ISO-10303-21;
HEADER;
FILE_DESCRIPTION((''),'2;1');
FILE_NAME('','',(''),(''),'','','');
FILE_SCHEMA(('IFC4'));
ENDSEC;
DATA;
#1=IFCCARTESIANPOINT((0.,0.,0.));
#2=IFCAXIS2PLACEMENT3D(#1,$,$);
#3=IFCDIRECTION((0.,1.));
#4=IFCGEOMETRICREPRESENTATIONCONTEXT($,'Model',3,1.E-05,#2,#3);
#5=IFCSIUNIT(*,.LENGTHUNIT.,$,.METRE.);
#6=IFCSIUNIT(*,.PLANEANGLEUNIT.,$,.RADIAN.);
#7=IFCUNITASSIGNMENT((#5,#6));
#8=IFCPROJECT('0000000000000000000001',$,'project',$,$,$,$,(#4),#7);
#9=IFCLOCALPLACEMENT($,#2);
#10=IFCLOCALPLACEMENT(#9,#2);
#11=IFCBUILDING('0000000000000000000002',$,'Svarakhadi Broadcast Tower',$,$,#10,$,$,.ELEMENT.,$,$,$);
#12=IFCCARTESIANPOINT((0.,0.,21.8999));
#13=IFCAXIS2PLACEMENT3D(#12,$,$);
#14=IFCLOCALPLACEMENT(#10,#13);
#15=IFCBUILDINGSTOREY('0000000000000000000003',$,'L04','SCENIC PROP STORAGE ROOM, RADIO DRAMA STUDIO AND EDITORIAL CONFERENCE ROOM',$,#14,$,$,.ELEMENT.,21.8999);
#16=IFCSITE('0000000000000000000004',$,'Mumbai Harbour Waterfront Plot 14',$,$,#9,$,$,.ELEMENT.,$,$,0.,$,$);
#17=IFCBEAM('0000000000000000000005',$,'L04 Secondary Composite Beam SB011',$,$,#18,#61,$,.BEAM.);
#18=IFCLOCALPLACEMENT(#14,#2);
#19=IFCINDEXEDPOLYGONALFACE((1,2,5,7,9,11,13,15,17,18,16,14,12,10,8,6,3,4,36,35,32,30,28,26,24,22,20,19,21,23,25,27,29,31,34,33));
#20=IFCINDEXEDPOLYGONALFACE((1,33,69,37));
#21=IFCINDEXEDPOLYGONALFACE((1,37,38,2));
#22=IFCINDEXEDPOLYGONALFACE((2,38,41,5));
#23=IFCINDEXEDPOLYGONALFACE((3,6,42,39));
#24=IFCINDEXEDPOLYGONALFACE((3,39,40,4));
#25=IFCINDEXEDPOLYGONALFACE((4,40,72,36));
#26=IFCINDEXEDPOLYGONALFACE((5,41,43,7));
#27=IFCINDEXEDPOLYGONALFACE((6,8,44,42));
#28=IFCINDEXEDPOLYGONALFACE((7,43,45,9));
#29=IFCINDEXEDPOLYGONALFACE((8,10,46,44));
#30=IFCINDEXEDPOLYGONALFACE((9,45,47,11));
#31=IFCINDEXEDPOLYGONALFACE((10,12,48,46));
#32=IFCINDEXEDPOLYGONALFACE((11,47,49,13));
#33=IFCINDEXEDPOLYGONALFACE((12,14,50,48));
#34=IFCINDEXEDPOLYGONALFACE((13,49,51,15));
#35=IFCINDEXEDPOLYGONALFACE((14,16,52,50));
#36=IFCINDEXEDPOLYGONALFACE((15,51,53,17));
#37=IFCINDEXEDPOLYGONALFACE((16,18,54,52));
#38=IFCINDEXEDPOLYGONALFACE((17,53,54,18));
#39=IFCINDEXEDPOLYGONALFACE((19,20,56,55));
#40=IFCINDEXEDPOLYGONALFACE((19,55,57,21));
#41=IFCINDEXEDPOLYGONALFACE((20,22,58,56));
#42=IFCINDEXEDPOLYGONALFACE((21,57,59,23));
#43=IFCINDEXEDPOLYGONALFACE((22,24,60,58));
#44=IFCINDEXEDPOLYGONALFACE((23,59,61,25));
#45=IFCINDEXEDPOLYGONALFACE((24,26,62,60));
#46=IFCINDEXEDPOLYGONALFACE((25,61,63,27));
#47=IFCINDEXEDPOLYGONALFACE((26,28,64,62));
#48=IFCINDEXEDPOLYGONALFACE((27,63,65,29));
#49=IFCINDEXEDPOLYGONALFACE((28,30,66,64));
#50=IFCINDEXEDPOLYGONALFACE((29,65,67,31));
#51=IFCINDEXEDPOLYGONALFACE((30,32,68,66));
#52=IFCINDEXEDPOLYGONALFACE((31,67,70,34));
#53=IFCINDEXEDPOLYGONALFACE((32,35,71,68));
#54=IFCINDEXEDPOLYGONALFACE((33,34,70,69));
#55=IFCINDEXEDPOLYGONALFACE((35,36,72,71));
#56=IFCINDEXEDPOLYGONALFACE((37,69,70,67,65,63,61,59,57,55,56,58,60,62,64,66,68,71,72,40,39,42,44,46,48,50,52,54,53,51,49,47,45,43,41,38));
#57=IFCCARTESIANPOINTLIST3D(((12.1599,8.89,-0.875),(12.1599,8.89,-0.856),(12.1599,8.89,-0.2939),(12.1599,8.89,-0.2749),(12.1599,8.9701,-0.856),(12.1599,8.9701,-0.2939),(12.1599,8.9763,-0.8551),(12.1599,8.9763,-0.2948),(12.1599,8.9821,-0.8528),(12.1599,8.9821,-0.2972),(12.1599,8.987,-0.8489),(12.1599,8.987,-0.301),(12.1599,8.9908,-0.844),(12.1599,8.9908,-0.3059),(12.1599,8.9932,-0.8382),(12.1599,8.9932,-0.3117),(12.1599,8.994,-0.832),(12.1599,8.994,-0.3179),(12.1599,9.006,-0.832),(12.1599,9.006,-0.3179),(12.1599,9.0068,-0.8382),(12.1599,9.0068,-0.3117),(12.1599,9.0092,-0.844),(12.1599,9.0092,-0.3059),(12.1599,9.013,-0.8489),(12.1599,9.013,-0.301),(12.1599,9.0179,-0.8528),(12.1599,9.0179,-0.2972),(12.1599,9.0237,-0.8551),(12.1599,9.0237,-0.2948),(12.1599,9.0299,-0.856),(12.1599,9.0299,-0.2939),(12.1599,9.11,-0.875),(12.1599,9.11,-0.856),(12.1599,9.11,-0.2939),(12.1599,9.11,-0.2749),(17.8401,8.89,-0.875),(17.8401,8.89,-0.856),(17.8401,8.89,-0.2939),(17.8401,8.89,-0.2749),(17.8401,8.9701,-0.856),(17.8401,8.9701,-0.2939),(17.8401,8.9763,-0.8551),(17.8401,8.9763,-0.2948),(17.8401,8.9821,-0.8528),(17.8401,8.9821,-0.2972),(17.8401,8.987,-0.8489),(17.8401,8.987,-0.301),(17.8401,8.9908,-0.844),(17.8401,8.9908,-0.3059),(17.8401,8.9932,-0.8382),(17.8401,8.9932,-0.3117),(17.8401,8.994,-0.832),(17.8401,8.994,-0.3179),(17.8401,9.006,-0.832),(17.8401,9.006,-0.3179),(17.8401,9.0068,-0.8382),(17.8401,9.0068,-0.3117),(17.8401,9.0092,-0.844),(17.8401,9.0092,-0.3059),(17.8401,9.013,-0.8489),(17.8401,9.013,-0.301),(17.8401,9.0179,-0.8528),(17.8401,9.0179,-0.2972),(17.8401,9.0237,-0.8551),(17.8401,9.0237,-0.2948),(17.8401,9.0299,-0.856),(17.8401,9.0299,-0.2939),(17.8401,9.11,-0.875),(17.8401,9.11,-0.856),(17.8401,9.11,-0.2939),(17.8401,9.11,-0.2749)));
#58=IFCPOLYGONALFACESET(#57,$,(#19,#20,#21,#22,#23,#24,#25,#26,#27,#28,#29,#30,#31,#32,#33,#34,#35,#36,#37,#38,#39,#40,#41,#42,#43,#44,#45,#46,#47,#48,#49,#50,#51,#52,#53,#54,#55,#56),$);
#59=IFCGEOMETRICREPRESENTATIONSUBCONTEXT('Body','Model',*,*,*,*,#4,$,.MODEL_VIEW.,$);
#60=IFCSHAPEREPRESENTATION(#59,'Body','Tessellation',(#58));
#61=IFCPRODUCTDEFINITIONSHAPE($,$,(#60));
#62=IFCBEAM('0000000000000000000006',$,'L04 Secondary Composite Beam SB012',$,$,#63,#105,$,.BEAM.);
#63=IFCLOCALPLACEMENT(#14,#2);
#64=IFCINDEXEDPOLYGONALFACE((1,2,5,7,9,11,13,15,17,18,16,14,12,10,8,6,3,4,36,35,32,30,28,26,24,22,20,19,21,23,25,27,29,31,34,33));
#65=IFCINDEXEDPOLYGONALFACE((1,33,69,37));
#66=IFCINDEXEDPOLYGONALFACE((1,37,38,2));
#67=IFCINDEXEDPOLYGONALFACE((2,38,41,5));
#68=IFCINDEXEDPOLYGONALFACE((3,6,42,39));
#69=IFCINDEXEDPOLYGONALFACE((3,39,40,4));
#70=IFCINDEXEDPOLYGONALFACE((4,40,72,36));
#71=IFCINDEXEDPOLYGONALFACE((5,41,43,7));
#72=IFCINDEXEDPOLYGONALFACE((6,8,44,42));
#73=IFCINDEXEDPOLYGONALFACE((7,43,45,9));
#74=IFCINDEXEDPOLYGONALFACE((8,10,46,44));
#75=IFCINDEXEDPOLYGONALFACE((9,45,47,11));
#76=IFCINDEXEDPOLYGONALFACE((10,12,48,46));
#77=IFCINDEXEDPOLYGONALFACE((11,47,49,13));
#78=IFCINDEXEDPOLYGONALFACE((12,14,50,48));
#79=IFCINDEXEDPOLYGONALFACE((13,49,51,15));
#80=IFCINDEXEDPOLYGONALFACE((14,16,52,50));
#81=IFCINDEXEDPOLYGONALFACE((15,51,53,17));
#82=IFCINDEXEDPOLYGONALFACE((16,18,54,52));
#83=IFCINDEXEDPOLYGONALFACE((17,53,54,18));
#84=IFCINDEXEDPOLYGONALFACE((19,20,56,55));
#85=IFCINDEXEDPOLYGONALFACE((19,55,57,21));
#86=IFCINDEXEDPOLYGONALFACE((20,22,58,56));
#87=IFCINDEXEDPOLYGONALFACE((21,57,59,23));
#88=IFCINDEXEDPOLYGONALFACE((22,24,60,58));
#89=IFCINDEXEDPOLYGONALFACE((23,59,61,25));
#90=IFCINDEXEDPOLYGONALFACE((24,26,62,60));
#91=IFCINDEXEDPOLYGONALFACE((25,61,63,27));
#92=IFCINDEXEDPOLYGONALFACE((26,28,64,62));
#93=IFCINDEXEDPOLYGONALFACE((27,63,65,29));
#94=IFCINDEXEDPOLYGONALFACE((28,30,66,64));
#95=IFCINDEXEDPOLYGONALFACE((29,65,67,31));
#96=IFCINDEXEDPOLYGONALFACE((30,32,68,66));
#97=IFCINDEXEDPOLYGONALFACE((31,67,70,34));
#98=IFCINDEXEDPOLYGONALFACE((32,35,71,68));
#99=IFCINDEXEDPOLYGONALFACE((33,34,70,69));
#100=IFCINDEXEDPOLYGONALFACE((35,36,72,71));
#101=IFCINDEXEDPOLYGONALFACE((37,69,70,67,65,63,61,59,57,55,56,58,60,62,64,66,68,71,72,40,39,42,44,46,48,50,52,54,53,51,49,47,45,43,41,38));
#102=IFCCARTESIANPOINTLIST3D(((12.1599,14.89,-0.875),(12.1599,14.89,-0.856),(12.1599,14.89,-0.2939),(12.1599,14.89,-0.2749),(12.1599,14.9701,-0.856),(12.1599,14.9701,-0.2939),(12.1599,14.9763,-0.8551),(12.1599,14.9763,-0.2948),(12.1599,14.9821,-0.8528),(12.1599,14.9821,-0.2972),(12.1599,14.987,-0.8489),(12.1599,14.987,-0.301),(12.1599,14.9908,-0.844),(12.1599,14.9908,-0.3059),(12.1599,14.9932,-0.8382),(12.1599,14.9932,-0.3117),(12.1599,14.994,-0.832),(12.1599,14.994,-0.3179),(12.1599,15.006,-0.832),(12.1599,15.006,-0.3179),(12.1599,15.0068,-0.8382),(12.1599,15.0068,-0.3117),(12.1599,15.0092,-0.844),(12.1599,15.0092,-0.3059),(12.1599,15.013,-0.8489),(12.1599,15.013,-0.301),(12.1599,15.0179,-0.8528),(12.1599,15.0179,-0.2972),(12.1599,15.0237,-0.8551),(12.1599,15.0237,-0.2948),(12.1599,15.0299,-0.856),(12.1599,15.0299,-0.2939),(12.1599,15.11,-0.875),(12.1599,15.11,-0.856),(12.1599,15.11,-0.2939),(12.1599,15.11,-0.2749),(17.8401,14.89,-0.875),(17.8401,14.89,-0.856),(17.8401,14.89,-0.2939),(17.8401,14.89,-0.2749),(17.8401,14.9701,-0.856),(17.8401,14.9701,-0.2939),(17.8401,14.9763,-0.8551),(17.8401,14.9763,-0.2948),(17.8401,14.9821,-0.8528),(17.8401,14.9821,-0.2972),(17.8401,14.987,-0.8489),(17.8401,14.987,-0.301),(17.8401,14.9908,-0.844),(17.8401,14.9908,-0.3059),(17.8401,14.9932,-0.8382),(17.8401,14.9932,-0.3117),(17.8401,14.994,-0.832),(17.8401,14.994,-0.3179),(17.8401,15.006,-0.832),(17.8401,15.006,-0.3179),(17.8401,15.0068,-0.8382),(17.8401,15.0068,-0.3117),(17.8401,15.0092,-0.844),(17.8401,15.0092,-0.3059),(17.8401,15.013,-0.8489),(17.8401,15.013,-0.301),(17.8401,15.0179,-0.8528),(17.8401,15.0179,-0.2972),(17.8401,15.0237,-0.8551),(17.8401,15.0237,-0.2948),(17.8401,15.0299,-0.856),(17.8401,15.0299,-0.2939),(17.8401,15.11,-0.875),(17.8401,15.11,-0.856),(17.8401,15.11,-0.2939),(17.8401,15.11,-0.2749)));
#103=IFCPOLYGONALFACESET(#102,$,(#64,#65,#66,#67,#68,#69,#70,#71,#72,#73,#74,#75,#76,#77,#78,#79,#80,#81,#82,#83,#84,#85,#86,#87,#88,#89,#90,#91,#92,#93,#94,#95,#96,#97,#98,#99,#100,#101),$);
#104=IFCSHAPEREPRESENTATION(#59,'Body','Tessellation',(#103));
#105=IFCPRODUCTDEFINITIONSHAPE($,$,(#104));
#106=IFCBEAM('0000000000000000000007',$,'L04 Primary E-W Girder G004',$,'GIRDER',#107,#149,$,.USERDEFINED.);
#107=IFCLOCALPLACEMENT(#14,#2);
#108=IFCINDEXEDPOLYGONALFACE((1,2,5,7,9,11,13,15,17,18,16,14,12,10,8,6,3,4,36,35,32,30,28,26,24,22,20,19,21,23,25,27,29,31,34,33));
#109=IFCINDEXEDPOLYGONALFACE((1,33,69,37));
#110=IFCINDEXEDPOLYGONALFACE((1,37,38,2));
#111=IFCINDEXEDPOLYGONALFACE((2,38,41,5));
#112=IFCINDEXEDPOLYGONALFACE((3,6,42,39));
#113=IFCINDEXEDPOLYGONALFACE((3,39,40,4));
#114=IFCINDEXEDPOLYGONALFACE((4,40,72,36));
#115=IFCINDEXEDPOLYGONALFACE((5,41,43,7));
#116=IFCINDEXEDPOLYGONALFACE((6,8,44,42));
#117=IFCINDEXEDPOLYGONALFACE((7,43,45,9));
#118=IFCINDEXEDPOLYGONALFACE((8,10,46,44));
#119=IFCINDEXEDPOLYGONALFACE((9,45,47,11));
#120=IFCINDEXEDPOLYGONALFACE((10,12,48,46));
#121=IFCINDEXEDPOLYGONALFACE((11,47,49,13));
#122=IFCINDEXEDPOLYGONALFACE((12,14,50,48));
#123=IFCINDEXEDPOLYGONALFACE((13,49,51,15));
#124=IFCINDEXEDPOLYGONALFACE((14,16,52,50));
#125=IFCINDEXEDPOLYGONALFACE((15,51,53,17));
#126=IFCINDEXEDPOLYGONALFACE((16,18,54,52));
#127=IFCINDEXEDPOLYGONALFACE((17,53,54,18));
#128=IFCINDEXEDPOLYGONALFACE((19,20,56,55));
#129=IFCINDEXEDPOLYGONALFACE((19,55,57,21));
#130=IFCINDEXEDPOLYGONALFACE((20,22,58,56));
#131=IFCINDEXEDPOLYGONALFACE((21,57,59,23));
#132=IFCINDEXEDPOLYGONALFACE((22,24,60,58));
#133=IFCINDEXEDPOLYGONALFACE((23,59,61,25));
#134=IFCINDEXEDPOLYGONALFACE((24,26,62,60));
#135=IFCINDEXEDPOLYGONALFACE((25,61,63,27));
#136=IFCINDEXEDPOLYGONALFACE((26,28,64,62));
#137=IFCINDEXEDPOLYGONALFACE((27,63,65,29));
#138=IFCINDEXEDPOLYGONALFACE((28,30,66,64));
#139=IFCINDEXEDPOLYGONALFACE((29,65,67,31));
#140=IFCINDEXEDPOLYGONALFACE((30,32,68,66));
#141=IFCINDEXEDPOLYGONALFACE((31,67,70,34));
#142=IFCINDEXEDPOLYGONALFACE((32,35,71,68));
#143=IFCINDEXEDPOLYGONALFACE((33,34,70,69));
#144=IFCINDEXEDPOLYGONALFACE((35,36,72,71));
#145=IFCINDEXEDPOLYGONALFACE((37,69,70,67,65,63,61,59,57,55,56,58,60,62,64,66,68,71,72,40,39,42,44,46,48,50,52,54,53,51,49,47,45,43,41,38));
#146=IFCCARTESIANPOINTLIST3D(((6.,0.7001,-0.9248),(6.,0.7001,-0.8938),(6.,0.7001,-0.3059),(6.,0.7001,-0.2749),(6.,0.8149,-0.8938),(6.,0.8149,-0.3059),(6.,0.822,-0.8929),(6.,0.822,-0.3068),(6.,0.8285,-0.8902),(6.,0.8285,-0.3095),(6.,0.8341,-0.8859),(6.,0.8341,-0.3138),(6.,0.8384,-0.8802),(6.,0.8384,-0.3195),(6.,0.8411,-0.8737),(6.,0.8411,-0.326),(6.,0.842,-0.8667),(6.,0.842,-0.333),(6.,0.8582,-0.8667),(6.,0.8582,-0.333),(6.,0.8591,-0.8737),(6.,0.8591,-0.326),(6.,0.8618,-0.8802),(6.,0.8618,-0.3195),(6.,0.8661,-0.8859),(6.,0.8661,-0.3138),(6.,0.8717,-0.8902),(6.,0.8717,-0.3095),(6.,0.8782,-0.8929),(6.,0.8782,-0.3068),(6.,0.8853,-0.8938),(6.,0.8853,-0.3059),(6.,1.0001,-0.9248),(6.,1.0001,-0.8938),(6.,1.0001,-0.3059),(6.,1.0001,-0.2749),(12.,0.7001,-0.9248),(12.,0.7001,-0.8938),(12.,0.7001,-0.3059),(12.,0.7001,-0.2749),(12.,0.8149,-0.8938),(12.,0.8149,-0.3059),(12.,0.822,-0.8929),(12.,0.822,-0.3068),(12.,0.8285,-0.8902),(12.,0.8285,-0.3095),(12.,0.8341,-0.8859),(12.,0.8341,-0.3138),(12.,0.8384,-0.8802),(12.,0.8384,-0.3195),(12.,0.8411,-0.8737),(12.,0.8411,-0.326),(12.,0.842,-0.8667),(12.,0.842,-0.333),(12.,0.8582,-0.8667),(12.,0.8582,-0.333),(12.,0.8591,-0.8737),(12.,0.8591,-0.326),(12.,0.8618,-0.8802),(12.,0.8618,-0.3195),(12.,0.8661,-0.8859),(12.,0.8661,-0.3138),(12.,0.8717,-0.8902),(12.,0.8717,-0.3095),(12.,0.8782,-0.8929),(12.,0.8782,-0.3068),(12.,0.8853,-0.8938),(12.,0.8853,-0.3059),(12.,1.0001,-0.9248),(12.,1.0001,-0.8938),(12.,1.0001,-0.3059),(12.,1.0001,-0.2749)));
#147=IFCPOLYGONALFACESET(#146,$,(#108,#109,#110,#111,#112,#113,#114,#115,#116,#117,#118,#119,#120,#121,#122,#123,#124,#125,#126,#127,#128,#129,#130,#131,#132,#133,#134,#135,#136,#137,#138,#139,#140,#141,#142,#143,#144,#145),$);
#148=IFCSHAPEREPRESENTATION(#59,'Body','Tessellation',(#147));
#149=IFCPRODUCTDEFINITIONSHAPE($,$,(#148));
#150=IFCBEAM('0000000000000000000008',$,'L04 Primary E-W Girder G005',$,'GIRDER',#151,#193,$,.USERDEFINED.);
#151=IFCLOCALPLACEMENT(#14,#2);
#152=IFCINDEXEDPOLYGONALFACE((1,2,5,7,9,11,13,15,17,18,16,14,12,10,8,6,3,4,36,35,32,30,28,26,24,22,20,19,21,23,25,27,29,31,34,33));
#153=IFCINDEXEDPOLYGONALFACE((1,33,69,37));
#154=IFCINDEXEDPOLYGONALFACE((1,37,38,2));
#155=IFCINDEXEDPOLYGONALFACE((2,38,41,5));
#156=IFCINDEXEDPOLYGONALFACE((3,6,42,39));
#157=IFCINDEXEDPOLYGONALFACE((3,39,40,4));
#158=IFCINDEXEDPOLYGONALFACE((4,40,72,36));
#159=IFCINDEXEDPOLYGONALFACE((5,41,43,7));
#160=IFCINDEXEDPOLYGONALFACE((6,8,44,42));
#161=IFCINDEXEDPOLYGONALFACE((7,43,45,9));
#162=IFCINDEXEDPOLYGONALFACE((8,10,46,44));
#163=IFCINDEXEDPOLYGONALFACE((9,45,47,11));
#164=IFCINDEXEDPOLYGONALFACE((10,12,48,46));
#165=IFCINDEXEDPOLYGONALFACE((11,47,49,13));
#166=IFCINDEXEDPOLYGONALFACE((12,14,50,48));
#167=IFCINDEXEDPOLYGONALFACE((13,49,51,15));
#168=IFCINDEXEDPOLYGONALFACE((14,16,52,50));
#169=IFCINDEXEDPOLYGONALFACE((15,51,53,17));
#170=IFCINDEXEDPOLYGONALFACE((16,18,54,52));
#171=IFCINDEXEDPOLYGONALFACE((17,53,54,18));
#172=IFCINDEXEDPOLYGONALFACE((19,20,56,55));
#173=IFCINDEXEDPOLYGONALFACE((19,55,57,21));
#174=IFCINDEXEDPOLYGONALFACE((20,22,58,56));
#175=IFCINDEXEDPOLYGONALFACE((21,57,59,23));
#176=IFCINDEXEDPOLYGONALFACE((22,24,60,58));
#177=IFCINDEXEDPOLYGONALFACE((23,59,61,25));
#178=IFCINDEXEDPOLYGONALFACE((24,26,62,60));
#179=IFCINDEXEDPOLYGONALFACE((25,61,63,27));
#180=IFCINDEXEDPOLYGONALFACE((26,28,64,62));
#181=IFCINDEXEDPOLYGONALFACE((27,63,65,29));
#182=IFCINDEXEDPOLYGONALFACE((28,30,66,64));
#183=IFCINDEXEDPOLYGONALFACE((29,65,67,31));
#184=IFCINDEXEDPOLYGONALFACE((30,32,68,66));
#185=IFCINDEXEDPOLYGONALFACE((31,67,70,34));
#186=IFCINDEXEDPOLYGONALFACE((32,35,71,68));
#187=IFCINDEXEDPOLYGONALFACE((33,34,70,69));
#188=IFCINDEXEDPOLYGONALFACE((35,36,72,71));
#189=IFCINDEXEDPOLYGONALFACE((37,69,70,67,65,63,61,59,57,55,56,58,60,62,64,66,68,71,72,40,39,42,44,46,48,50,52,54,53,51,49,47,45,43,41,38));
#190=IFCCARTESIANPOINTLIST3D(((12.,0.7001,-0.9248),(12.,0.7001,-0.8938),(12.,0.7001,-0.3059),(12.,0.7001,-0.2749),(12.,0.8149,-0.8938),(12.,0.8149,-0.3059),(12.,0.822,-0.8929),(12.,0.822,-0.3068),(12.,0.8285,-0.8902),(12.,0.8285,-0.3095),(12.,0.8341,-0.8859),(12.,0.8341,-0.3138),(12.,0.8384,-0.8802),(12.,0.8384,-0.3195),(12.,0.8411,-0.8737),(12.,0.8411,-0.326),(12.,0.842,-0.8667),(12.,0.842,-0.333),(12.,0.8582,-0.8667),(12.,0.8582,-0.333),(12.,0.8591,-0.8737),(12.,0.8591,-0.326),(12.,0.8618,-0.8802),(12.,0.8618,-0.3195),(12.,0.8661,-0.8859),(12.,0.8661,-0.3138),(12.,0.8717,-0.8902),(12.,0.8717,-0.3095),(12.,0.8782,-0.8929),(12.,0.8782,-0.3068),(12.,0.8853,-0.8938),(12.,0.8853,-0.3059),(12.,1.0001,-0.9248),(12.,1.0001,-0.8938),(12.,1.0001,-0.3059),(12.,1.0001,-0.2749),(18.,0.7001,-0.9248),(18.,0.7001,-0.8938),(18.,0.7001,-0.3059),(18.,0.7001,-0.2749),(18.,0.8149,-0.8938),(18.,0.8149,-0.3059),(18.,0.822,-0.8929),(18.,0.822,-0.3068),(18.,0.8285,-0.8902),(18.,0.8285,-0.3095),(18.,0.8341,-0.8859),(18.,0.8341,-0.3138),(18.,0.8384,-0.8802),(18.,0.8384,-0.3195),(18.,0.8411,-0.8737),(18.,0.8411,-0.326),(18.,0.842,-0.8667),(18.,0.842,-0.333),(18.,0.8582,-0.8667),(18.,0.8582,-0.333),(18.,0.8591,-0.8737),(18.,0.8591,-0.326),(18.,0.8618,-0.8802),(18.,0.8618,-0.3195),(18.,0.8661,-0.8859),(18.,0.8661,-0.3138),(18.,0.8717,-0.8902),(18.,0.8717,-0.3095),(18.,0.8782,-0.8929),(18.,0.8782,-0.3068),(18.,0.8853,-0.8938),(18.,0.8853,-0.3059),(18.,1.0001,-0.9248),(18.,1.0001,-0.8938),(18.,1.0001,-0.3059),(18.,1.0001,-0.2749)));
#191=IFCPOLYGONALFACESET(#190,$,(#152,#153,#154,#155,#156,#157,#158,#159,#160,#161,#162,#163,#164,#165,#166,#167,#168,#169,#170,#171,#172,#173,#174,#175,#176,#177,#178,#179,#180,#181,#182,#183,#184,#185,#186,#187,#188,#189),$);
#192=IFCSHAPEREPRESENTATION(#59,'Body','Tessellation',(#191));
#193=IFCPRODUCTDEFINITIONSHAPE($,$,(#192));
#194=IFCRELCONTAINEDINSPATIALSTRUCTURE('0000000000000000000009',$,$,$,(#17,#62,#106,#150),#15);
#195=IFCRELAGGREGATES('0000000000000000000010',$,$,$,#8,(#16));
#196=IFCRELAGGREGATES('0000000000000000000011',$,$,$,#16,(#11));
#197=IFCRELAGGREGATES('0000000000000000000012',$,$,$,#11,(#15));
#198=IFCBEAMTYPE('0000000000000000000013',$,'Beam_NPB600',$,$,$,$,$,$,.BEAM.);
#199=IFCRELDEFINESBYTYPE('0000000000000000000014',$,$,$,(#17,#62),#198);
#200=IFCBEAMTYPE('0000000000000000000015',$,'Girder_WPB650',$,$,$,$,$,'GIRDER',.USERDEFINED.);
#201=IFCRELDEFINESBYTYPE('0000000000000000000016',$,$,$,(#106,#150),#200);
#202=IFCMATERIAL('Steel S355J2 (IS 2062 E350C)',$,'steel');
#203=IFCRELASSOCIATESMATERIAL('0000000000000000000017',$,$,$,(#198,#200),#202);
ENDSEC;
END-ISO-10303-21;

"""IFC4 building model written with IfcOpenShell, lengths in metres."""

from ifc_helpers import new_model, si_unit, direction, frame, origin, origin_2d, place, context, subcontext, project, spatial, i_section, extrude, material, material_profile, profile_set, type_object, element, save


model = new_model("IFC4")

# Units and contexts
model_context = context("Model", 3, precision=1e-05, world=origin(), true_north=direction((0.0, 1.0)))
body_context = subcontext(model_context, "Body", "Model", "MODEL_VIEW")
ifc_project = project(units=[si_unit("LENGTHUNIT", "METRE"), si_unit("PLANEANGLEUNIT", "RADIAN")], contexts=[model_context])

# Site, building, storey
site_placement = place(None, origin())
site = spatial("IfcSite", under=ifc_project, at=site_placement, Name="Mumbai Harbour Waterfront Plot 14", CompositionType="ELEMENT", RefElevation=0.0)
building_placement = place(site_placement, origin())
building = spatial("IfcBuilding", under=site, at=building_placement, Name="Svarakhadi Broadcast Tower", CompositionType="ELEMENT")
storey_placement = place(building_placement, frame((0.0, 0.0, 21.8999)))
storey = spatial("IfcBuildingStorey", under=building, at=storey_placement, Name="L04", Description="SCENIC PROP STORAGE ROOM, RADIO DRAMA STUDIO AND EDITORIAL CONFERENCE ROOM", CompositionType="ELEMENT", Elevation=21.8999)

# Beams
ifc_material_1 = material(Name="Steel S355J2 (IS 2062 E350C)", Category="steel")
ifc_material_profile_1 = material_profile(ifc_material_1, i_section(OverallWidth=0.22, OverallDepth=0.6001, WebThickness=0.012, FlangeThickness=0.019, FilletRadius=0.0239, at=origin_2d()), Name="NPB 600x220x122")
ifc_profile_set_1 = profile_set([ifc_material_profile_1], Name="Steel S355J2 (IS 2062 E350C)")
beam_type_1 = type_object("IfcBeamType", Name="Beam_NPB600", PredefinedType="BEAM", material=ifc_profile_set_1)
for number, where, z_axis, x_axis, name in (
    (1, (12.1599, 9.0, -0.575), (1.0, 0.0, 0.0), (0.0, 1.0, 0.0), "L04 Secondary Composite Beam SB011"),
    (2, (12.1599, 15.0, -0.575), (1.0, 0.0, 0.0), (0.0, 1.0, 0.0), "L04 Secondary Composite Beam SB012"),
):
    element("IfcBeam", number, at=place(storey_placement, frame(where, z_axis=z_axis, x_axis=x_axis)), inside=storey, type_object=beam_type_1, Name=name, PredefinedType="BEAM", context=body_context, shape_type="SweptSolid", body=[
        extrude(i_section(OverallWidth=0.22, OverallDepth=0.6001, WebThickness=0.012, FlangeThickness=0.019, FilletRadius=0.0239, at=origin_2d()), origin(), (0.0, 0.0, 1.0), 5.6802),
    ])
ifc_material_profile_2 = material_profile(ifc_material_1, i_section(OverallWidth=0.3, OverallDepth=0.6499, WebThickness=0.0161, FlangeThickness=0.031, FilletRadius=0.0271, at=origin_2d()), Name="WPB 650x300x225")
ifc_profile_set_2 = profile_set([ifc_material_profile_2], Name="Steel S355J2 (IS 2062 E350C)")
beam_type_2 = type_object("IfcBeamType", Name="Girder_WPB650", ElementType="GIRDER", PredefinedType="USERDEFINED", material=ifc_profile_set_2)
for number, where, z_axis, x_axis, name in (
    (3, (6.0, 0.8501, -0.5999), (1.0, 0.0, 0.0), (0.0, 1.0, 0.0), "L04 Primary E-W Girder G004"),
    (4, (12.0, 0.8501, -0.5999), (1.0, 0.0, 0.0), (0.0, 1.0, 0.0), "L04 Primary E-W Girder G005"),
):
    element("IfcBeam", number, at=place(storey_placement, frame(where, z_axis=z_axis, x_axis=x_axis)), inside=storey, type_object=beam_type_2, Name=name, ObjectType="GIRDER", PredefinedType="USERDEFINED", context=body_context, shape_type="SweptSolid", body=[
        extrude(i_section(OverallWidth=0.3, OverallDepth=0.6499, WebThickness=0.0161, FlangeThickness=0.031, FilletRadius=0.0271, at=origin_2d()), origin(), (0.0, 0.0, 1.0), 6.0),
    ])

save(model, "model.ifc")
